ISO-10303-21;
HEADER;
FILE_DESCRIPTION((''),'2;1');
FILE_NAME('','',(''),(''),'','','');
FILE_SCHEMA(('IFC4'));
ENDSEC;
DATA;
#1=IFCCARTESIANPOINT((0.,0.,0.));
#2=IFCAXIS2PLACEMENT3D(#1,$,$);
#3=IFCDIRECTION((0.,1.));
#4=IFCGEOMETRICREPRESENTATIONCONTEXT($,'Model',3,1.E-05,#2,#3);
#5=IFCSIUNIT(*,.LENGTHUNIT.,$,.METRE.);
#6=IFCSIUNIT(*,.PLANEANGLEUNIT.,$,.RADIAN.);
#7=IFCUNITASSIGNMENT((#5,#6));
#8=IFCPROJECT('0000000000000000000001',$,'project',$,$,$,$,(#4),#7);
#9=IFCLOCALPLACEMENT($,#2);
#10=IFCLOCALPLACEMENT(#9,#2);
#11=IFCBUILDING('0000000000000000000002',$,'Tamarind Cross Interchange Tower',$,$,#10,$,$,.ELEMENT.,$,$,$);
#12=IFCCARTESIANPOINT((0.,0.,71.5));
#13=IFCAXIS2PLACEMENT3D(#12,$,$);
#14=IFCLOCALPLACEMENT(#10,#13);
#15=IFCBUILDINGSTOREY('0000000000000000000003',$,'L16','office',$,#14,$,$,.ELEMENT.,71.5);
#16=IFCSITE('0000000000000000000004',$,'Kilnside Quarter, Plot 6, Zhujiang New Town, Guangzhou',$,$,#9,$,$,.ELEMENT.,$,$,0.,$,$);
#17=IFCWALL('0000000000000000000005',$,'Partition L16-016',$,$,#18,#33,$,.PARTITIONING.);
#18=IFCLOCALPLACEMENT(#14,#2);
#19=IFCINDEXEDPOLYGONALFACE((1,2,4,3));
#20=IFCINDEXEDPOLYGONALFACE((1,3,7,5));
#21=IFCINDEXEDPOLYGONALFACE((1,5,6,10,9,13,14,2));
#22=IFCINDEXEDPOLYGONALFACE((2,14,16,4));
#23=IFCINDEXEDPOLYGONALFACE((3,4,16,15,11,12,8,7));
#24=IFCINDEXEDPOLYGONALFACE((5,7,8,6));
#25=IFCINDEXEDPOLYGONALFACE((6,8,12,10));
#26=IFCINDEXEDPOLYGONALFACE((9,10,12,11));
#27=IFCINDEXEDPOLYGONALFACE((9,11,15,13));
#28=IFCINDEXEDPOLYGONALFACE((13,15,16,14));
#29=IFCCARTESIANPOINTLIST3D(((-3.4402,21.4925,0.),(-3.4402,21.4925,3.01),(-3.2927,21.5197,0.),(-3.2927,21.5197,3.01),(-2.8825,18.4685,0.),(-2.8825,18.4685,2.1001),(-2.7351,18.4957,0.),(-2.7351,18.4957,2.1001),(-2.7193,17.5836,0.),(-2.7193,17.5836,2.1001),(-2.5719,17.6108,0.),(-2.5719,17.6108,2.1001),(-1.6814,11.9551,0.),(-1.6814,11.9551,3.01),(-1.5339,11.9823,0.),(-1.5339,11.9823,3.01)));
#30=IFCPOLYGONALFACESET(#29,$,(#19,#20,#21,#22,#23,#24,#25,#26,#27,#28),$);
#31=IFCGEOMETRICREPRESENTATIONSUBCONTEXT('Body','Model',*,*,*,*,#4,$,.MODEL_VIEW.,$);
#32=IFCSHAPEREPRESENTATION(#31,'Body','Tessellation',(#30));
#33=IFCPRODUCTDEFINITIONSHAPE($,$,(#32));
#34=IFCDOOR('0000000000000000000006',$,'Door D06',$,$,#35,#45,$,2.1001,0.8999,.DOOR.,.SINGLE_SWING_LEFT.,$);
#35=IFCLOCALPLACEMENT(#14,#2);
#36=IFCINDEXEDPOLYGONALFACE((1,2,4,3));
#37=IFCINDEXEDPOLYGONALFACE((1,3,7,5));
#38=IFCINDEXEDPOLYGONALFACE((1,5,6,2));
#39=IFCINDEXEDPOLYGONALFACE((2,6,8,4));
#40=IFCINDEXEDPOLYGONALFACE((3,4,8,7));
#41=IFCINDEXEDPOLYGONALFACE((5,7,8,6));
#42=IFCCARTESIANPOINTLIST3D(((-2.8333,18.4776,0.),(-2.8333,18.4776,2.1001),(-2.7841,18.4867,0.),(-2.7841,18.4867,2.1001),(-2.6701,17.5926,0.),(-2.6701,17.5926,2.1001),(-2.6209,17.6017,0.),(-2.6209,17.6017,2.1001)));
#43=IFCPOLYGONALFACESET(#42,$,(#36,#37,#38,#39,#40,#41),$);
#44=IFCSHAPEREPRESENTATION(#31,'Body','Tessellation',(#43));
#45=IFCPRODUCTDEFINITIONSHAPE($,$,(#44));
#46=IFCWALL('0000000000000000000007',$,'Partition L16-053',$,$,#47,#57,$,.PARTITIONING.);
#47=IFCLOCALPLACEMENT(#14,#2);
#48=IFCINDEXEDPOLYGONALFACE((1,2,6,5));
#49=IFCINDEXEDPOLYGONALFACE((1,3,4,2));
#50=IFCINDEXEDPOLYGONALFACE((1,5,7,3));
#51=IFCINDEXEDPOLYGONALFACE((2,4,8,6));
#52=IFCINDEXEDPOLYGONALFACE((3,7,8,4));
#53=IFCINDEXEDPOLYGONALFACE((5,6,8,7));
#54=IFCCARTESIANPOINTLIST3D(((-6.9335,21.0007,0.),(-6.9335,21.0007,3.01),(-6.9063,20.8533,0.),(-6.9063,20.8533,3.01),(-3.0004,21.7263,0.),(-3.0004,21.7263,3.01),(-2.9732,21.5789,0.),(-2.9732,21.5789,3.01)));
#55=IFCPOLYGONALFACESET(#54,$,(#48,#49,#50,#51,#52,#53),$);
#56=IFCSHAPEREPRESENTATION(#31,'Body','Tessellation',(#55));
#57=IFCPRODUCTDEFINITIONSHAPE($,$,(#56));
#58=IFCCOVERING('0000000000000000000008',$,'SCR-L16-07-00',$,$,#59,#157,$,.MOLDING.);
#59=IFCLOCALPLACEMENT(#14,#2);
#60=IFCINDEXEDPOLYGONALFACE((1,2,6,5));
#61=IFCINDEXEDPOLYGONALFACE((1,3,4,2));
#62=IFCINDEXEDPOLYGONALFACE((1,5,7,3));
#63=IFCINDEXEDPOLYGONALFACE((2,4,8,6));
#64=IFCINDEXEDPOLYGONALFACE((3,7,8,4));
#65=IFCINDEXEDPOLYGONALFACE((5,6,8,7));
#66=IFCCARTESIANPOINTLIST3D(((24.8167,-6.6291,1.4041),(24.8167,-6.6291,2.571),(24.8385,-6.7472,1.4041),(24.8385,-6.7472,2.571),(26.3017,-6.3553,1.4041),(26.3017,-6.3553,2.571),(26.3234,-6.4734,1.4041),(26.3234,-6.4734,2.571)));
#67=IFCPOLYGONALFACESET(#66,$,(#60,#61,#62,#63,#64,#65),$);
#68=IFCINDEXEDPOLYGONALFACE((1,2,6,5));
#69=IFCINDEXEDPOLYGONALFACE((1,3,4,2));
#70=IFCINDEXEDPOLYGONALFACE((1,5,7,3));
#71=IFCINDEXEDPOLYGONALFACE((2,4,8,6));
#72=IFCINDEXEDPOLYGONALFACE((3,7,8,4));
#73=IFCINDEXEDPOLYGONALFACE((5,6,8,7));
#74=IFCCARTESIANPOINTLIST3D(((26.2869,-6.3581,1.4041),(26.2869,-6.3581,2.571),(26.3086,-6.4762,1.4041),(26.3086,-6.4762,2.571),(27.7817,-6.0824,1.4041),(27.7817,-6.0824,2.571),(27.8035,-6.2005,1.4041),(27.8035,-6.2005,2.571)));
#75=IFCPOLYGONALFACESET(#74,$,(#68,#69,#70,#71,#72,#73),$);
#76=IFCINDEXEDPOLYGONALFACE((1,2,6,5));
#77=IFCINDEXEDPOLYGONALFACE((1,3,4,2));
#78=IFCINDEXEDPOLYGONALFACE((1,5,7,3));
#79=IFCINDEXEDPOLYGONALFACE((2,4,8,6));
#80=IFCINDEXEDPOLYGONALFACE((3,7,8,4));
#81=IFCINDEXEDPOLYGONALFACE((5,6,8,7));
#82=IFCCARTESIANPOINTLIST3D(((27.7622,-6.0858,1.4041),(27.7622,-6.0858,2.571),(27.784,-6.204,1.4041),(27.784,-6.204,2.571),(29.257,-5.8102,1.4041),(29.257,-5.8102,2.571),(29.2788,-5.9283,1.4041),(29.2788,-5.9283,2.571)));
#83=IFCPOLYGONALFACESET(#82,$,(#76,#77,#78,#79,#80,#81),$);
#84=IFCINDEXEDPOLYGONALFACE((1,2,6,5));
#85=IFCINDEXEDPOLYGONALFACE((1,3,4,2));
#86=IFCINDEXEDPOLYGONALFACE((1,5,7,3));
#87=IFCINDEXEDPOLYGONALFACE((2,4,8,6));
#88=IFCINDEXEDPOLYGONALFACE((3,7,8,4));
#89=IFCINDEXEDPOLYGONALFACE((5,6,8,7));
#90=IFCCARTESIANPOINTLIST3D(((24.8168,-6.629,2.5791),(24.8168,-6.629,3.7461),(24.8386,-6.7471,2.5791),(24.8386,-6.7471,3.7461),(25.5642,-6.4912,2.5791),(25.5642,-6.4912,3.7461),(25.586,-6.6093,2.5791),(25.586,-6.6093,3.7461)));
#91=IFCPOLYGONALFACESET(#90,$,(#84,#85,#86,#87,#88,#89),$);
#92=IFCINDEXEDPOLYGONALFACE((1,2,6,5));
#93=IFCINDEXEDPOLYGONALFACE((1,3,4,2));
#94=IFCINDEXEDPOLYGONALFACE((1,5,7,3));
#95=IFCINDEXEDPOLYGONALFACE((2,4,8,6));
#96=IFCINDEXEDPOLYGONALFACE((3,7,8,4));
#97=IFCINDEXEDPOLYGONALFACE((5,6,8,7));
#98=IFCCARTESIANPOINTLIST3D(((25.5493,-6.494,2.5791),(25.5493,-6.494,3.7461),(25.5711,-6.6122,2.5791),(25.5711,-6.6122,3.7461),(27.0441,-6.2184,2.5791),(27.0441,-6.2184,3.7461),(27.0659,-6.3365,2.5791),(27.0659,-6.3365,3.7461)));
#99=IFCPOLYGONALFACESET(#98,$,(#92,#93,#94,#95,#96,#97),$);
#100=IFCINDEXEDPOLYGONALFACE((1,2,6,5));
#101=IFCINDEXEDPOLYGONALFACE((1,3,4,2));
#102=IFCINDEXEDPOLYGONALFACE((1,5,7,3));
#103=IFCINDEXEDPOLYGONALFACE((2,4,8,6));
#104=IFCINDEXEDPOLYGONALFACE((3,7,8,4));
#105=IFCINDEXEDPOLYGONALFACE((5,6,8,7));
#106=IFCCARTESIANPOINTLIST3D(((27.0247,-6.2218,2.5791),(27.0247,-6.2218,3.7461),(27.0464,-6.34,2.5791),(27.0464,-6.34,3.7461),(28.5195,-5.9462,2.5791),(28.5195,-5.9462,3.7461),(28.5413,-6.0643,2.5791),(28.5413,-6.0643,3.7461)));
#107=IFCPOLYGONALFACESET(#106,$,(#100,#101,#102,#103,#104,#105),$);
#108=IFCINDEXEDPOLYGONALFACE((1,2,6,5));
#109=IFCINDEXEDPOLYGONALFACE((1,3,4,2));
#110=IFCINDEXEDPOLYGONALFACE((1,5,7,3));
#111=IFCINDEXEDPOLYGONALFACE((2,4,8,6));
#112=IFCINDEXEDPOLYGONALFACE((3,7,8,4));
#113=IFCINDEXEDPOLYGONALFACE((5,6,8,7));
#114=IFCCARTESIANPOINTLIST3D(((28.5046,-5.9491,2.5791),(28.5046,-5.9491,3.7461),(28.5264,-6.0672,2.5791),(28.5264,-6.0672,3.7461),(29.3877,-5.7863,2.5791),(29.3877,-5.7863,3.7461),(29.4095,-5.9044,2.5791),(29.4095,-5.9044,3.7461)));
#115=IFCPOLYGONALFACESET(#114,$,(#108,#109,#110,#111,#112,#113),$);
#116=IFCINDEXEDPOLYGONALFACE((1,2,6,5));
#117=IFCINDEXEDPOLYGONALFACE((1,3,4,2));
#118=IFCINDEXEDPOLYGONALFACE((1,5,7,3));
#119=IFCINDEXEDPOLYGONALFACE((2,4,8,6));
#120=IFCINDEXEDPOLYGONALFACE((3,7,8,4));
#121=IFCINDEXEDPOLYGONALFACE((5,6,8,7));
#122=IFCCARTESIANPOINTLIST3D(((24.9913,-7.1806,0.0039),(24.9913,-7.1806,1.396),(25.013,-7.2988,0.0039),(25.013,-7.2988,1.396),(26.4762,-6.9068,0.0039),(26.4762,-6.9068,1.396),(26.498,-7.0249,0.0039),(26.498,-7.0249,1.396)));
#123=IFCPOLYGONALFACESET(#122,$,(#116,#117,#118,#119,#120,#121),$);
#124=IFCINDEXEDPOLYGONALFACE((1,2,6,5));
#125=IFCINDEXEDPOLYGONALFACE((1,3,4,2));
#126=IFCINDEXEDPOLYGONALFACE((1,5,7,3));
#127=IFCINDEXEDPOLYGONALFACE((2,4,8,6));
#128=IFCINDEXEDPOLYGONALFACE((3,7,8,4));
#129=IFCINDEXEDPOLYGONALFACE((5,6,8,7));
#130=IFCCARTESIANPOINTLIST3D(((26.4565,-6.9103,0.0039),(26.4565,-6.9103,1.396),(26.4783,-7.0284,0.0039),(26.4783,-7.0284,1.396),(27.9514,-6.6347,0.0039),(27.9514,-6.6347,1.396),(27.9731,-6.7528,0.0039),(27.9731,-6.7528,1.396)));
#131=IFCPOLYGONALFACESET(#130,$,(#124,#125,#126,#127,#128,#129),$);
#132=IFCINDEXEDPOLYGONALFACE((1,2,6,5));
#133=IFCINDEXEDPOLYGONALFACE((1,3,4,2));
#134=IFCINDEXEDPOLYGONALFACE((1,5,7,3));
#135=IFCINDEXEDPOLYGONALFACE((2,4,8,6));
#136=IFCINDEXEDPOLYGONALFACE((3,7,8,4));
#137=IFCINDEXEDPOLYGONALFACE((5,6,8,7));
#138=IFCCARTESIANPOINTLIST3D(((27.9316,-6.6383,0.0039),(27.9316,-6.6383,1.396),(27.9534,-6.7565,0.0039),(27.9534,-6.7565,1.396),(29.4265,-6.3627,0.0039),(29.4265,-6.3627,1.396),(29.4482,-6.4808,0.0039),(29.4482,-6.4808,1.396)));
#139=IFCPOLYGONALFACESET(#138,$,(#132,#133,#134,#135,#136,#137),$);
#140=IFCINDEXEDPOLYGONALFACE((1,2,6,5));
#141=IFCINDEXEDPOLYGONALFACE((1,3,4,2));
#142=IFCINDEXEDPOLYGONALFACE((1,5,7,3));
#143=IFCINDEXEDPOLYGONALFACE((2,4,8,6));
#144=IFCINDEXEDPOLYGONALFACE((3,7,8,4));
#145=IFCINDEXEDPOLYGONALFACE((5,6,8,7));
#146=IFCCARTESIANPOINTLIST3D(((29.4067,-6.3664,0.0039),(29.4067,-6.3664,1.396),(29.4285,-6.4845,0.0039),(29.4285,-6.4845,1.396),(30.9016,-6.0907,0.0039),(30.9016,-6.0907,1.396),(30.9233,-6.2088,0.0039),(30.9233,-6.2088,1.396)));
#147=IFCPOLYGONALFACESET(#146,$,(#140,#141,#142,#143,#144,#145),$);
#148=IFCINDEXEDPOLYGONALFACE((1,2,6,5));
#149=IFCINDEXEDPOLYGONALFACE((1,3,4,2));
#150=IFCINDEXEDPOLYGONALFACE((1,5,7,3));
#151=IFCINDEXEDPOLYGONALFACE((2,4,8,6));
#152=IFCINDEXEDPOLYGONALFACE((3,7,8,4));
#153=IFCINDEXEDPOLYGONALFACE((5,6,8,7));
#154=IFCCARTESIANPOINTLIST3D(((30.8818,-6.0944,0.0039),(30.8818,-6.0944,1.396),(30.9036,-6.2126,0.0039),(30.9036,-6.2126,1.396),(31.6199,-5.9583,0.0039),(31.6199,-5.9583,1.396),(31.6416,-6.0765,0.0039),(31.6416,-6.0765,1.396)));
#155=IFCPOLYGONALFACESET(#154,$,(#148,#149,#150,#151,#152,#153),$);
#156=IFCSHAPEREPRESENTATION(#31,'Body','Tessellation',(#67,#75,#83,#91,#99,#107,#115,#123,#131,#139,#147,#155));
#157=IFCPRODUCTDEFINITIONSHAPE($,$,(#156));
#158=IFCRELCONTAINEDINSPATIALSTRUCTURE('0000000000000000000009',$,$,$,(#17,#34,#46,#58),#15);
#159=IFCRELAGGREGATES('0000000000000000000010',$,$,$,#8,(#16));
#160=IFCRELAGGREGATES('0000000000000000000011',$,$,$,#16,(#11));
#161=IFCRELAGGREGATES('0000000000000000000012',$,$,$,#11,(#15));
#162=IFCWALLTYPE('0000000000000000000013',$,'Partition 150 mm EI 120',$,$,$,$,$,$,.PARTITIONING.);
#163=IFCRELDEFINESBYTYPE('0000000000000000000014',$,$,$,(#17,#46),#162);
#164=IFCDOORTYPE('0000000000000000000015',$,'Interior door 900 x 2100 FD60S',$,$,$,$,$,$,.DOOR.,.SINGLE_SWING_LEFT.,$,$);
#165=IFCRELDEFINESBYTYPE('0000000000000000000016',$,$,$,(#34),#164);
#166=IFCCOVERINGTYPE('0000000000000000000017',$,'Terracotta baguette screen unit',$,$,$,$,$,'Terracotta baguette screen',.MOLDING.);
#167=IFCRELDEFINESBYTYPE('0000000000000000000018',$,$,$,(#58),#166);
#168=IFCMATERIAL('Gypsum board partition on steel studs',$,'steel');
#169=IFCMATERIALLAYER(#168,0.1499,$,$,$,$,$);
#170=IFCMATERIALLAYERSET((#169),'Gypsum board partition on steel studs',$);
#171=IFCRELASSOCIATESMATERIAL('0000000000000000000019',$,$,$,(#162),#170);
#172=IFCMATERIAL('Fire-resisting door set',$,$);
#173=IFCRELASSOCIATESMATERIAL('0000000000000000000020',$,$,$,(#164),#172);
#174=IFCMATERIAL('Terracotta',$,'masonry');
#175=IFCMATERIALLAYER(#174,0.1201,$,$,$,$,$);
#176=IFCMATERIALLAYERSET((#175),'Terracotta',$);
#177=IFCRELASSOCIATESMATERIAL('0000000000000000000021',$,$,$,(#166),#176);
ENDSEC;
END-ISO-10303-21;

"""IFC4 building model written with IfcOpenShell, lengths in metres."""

from ifc_helpers import new_model, si_unit, direction, frame, frame_2d, origin, origin_2d, place, context, subcontext, project, spatial, rectangle, extrude, material, layer, layer_set, type_object, element, fill, save


model = new_model("IFC4")

# Units and contexts
model_context = context("Model", 3, precision=1e-05, world=origin(), true_north=direction((0.0, 1.0)))
body_context = subcontext(model_context, "Body", "Model", "MODEL_VIEW")
ifc_project = project(units=[si_unit("LENGTHUNIT", "METRE"), si_unit("PLANEANGLEUNIT", "RADIAN")], contexts=[model_context])

# Site, building, storey
site_placement = place(None, origin())
site = spatial("IfcSite", under=ifc_project, at=site_placement, Name="Kilnside Quarter, Plot 6, Zhujiang New Town, Guangzhou", CompositionType="ELEMENT", RefElevation=0.0)
building_placement = place(site_placement, origin())
building = spatial("IfcBuilding", under=site, at=building_placement, Name="Tamarind Cross Interchange Tower", CompositionType="ELEMENT")
storey_placement = place(building_placement, frame((0.0, 0.0, 71.5)))
storey = spatial("IfcBuildingStorey", under=building, at=storey_placement, Name="L16", Description="office", CompositionType="ELEMENT", Elevation=71.5)

# Shared definitions
ifc_material_1 = material(Name="Gypsum board partition on steel studs", Category="steel")
ifc_layer_1 = layer(ifc_material_1, 0.1499)
ifc_layer_set_1 = layer_set([ifc_layer_1], Name="Gypsum board partition on steel studs")
wall_type_1 = type_object("IfcWallType", Name="Partition 150 mm EI 120", PredefinedType="PARTITIONING", material=ifc_layer_set_1)

# Wall, opening, door
wall_1_placement = place(storey_placement, frame((-3.3665, 21.5061, 0.0), z_axis=(0.0, 0.0, 1.0), x_axis=(0.181353, -0.983418, 0.0)))
wall_1 = element("IfcWall", 1, at=wall_1_placement, inside=storey, type_object=wall_type_1, Name="Partition L16-016", PredefinedType="PARTITIONING", context=body_context, shape_type="SweptSolid", body=[
    extrude(rectangle(XDim=9.6982, YDim=0.1499, at=frame_2d((4.8491, 0.0))), origin(), (0.0, 0.0, 1.0), 3.01),
])
opening_placement = place(wall_1_placement, frame((3.075, 0.0, 0.0)))
opening = element("IfcOpeningElement", 2, at=opening_placement, cuts=wall_1, PredefinedType="OPENING", context=body_context, shape_type="SweptSolid", body=[
    extrude(rectangle(XDim=0.8999, YDim=2.1001, at=frame_2d((0.45, 1.05))), frame((0.0, 0.085, 0.0), z_axis=(0.0, -1.0, 0.0), x_axis=(1.0, 0.0, 0.0)), (0.0, 0.0, 1.0), 0.1699),
])
ifc_material_2 = material(Name="Fire-resisting door set")
door_type = type_object("IfcDoorType", Name="Interior door 900 x 2100 FD60S", OperationType="SINGLE_SWING_LEFT", PredefinedType="DOOR", material=ifc_material_2)
door_placement = place(opening_placement, frame((0.8999, 0.0, 0.0), z_axis=(0.0, 0.0, 1.0), x_axis=(-1.0, 0.0, 0.0)))
door = element("IfcDoor", 3, at=door_placement, inside=storey, type_object=door_type, Name="Door D06", OperationType="SINGLE_SWING_LEFT", OverallHeight=2.1001, OverallWidth=0.8999, PredefinedType="DOOR", context=body_context, shape_type="SweptSolid", body=[
    extrude(rectangle(XDim=0.8999, YDim=2.1001, at=frame_2d((0.45, 1.05))), frame((0.0, 0.0249, 0.0), z_axis=(0.0, -1.0, 0.0), x_axis=(1.0, 0.0, 0.0)), (0.0, 0.0, 1.0), 0.05),
])
fill(opening, door)

# Wall
wall_2_placement = place(storey_placement, frame((-6.9199, 20.927, 0.0), z_axis=(0.0, 0.0, 1.0), x_axis=(0.983406, 0.18142, 0.0)))
element("IfcWall", 4, at=wall_2_placement, inside=storey, type_object=wall_type_1, Name="Partition L16-053", PredefinedType="PARTITIONING", context=body_context, shape_type="SweptSolid", body=[
    extrude(rectangle(XDim=3.9995, YDim=0.1499, at=frame_2d((1.9998, 0.0))), origin(), (0.0, 0.0, 1.0), 3.01),
])

# Covering
ifc_material_3 = material(Name="Terracotta", Category="masonry")
ifc_layer_2 = layer(ifc_material_3, 0.1201)
ifc_layer_set_2 = layer_set([ifc_layer_2], Name="Terracotta")
covering_type = type_object("IfcCoveringType", Name="Terracotta baguette screen unit", ElementType="Terracotta baguette screen", PredefinedType="MOLDING", material=ifc_layer_set_2)
covering_1_placement = place(storey_placement, origin())
element("IfcCovering", 5, at=covering_1_placement, inside=storey, type_object=covering_type, Name="SCR-L16-07-00", PredefinedType="MOLDING", context=body_context, shape_type="SweptSolid", body=[
    extrude(rectangle(XDim=1.51, YDim=0.1201, at=origin_2d()), frame((25.5701, -6.5513, 1.4041), z_axis=(0.0, 0.0, 1.0), x_axis=(0.98342, 0.181343, 0.0)), (0.0, 0.0, 1.0), 1.167),
    extrude(rectangle(XDim=1.52, YDim=0.1201, at=origin_2d()), frame((27.0452, -6.2793, 1.4041), z_axis=(0.0, 0.0, 1.0), x_axis=(0.98342, 0.181343, 0.0)), (0.0, 0.0, 1.0), 1.167),
    extrude(rectangle(XDim=1.52, YDim=0.1201, at=origin_2d()), frame((28.5205, -6.0071, 1.4041), z_axis=(0.0, 0.0, 1.0), x_axis=(0.98342, 0.181343, 0.0)), (0.0, 0.0, 1.0), 1.167),
    extrude(rectangle(XDim=0.76, YDim=0.1201, at=origin_2d()), frame((25.2014, -6.6191, 2.5791), z_axis=(0.0, 0.0, 1.0), x_axis=(0.98342, 0.181343, 0.0)), (0.0, 0.0, 1.0), 1.167),
    extrude(rectangle(XDim=1.52, YDim=0.1201, at=origin_2d()), frame((26.3076, -6.4153, 2.5791), z_axis=(0.0, 0.0, 1.0), x_axis=(0.98342, 0.181343, 0.0)), (0.0, 0.0, 1.0), 1.167),
    extrude(rectangle(XDim=1.52, YDim=0.1201, at=origin_2d()), frame((27.783, -6.1431, 2.5791), z_axis=(0.0, 0.0, 1.0), x_axis=(0.98342, 0.181343, 0.0)), (0.0, 0.0, 1.0), 1.167),
    extrude(rectangle(XDim=0.8979, YDim=0.1201, at=origin_2d()), frame((28.957, -5.9268, 2.5791), z_axis=(0.0, 0.0, 1.0), x_axis=(0.98342, 0.181343, 0.0)), (0.0, 0.0, 1.0), 1.167),
    extrude(rectangle(XDim=1.51, YDim=0.1201, at=origin_2d()), frame((25.7446, -7.1028, 0.0039), z_axis=(0.0, 0.0, 1.0), x_axis=(0.98342, 0.181343, 0.0)), (0.0, 0.0, 1.0), 1.3921),
    extrude(rectangle(XDim=1.52, YDim=0.1201, at=origin_2d()), frame((27.2148, -6.8315, 0.0039), z_axis=(0.0, 0.0, 1.0), x_axis=(0.98342, 0.181343, 0.0)), (0.0, 0.0, 1.0), 1.3921),
    extrude(rectangle(XDim=1.52, YDim=0.1201, at=origin_2d()), frame((28.6899, -6.5596, 0.0039), z_axis=(0.0, 0.0, 1.0), x_axis=(0.98342, 0.181343, 0.0)), (0.0, 0.0, 1.0), 1.3921),
    extrude(rectangle(XDim=1.52, YDim=0.1201, at=origin_2d()), frame((30.165, -6.2876, 0.0039), z_axis=(0.0, 0.0, 1.0), x_axis=(0.98342, 0.181343, 0.0)), (0.0, 0.0, 1.0), 1.3921),
    extrude(rectangle(XDim=0.7505, YDim=0.1201, at=origin_2d()), frame((31.2617, -6.0854, 0.0039), z_axis=(0.0, 0.0, 1.0), x_axis=(0.98342, 0.181343, 0.0)), (0.0, 0.0, 1.0), 1.3921),
])

save(model, "model.ifc")
